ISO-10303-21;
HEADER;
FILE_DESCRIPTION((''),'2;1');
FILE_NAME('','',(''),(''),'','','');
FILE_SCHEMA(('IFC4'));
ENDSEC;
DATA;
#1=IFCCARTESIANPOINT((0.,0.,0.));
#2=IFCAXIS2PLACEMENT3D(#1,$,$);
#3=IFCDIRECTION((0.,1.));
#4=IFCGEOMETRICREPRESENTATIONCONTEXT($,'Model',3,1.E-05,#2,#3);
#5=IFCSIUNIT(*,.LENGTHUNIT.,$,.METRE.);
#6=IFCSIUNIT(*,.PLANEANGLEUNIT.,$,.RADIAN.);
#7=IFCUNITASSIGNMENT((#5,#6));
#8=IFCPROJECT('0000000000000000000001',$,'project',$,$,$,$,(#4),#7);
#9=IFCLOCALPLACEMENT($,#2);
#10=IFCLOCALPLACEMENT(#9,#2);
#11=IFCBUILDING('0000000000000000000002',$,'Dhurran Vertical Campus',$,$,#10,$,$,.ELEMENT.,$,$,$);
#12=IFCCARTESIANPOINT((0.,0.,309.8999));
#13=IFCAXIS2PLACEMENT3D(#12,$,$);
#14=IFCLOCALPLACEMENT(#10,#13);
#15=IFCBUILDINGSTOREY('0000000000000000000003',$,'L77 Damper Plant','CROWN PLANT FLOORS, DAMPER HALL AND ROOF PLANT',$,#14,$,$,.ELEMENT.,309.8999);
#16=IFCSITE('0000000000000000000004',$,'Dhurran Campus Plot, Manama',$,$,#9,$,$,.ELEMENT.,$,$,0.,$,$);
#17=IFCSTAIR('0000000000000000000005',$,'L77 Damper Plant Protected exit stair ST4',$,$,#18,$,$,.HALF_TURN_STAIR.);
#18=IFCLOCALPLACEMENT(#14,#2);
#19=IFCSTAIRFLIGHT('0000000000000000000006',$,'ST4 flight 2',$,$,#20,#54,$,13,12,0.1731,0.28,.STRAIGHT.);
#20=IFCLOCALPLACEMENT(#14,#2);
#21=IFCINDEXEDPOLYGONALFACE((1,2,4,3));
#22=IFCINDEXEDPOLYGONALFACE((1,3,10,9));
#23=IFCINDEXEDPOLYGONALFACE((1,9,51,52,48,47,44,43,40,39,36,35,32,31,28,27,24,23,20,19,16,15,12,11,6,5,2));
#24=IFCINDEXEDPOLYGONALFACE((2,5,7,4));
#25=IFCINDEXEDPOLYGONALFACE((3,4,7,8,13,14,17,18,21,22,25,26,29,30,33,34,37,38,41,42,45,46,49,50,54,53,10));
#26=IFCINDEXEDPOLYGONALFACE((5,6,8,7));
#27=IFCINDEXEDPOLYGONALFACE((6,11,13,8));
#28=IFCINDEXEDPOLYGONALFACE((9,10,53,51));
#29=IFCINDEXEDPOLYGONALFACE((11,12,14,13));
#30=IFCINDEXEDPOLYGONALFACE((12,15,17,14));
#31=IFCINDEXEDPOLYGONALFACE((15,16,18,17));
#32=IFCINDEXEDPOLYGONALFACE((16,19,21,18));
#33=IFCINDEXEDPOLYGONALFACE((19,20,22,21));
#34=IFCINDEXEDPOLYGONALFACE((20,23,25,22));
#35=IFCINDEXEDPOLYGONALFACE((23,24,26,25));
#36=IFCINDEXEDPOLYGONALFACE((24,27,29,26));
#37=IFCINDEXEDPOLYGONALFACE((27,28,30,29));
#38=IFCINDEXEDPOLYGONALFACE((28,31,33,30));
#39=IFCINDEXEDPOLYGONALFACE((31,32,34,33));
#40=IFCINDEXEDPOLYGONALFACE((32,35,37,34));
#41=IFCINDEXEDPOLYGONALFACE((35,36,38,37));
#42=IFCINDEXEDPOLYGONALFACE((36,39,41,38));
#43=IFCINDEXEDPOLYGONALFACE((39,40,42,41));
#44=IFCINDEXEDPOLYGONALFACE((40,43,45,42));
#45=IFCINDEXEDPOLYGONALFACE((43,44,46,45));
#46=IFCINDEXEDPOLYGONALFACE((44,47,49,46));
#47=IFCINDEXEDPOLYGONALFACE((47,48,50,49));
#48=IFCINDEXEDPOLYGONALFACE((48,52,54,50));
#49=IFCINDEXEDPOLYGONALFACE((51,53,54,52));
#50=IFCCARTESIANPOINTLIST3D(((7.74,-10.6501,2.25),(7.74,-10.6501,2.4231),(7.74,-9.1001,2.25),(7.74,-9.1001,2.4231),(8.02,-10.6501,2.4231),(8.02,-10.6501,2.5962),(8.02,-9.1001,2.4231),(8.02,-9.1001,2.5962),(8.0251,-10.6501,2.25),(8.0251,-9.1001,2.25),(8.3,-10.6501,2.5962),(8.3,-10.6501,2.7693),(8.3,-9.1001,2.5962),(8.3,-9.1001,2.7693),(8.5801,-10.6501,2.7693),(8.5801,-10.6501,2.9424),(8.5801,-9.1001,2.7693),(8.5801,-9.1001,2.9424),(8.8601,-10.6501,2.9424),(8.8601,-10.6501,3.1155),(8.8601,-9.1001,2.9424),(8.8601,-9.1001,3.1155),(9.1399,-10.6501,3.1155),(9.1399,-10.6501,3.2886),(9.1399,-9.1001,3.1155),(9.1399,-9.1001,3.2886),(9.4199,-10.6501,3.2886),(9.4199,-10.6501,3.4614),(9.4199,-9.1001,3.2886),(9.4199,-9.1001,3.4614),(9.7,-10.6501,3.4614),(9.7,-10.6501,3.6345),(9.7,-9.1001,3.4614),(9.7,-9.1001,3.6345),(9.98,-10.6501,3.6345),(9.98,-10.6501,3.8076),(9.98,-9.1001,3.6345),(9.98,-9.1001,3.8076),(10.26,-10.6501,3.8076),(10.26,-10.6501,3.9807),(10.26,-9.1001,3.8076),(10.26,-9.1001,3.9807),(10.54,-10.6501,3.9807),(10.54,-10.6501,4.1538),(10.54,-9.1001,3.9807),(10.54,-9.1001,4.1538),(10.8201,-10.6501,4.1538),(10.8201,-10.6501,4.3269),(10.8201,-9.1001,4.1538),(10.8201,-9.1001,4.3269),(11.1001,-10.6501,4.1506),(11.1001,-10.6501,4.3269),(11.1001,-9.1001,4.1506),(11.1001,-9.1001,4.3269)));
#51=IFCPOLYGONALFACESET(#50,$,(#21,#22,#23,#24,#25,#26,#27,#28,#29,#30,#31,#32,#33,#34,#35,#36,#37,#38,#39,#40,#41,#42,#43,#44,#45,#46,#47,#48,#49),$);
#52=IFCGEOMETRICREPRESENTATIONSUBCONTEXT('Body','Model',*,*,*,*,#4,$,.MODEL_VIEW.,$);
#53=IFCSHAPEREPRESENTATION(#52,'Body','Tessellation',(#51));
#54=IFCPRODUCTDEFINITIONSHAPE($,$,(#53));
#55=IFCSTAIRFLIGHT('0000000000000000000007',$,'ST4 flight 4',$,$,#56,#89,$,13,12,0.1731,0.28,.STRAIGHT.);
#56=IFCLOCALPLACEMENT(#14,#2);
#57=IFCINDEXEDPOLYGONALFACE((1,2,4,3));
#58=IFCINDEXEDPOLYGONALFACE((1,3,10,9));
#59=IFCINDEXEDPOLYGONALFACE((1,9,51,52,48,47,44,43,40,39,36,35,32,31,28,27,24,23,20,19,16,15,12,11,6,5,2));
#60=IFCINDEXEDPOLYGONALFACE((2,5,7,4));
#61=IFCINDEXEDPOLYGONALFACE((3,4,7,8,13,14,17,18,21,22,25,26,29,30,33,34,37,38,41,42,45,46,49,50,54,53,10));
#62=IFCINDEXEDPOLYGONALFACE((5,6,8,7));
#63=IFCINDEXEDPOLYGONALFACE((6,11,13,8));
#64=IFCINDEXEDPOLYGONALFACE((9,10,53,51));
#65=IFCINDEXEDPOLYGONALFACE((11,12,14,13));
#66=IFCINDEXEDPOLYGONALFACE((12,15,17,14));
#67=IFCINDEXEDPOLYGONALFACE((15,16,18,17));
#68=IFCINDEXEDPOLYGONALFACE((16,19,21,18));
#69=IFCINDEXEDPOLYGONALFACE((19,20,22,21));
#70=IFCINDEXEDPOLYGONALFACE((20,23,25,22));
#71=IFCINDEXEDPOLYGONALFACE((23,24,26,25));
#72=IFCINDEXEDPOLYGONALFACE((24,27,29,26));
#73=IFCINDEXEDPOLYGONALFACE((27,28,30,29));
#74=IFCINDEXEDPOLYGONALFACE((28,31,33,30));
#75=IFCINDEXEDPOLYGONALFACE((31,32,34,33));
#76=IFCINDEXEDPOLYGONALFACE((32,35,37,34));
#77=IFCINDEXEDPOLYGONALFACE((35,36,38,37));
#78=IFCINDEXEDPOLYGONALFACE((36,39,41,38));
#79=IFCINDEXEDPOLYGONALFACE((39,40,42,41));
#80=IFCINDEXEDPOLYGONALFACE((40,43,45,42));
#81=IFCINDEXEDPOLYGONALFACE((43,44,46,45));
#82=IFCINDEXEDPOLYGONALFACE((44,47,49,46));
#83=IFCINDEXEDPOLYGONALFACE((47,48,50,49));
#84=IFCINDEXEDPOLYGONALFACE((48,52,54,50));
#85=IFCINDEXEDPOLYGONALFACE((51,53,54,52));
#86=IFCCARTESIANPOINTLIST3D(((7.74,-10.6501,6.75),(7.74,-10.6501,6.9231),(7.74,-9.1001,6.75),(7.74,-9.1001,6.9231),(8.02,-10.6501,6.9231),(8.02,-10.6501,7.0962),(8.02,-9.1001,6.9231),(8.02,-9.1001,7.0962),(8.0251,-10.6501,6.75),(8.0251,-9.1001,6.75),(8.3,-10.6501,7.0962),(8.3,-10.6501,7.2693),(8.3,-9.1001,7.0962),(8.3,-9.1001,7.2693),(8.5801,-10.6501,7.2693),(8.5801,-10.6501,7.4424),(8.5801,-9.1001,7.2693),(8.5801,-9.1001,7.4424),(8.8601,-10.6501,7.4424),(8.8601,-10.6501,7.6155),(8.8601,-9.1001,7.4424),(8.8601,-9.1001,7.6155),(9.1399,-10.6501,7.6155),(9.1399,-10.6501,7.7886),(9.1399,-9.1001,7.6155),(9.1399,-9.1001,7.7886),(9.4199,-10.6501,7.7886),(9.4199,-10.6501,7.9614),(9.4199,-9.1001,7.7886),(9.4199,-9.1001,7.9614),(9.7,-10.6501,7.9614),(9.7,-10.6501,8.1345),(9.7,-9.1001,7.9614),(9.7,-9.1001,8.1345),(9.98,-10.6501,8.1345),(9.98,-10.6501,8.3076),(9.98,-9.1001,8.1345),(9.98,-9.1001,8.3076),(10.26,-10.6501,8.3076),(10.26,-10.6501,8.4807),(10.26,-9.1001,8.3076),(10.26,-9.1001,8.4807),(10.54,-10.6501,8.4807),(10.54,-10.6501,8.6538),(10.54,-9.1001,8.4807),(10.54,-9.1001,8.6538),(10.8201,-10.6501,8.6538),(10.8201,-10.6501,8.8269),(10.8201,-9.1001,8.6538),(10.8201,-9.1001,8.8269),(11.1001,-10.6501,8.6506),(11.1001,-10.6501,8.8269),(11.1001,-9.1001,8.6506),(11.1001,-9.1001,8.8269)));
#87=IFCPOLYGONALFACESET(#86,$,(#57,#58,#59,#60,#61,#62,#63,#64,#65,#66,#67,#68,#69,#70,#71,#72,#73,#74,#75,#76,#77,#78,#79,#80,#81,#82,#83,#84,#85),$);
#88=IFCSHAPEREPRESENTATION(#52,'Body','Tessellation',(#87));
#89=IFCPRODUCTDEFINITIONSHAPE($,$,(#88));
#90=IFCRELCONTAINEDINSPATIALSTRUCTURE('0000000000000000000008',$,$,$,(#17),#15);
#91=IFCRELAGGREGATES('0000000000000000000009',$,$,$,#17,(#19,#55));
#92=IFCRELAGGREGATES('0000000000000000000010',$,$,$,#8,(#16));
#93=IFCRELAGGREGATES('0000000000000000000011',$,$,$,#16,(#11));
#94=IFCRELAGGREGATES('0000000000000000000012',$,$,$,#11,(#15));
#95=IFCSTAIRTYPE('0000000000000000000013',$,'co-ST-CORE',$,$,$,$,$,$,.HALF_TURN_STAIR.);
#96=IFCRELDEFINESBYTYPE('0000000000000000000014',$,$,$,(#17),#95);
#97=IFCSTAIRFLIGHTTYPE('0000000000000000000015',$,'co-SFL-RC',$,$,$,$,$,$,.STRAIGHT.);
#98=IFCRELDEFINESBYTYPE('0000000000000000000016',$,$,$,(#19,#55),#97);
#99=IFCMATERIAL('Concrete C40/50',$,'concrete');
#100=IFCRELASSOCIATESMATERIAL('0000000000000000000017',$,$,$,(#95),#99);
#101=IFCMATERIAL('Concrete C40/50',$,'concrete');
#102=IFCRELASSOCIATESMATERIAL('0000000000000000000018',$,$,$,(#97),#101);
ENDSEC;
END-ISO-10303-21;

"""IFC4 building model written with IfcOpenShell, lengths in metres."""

from ifc_helpers import new_model, si_unit, direction, frame, origin, place, context, subcontext, project, spatial, polyline, outline, extrude, material, type_object, element, aggregate, save


model = new_model("IFC4")

# Units and contexts
model_context = context("Model", 3, precision=1e-05, world=origin(), true_north=direction((0.0, 1.0)))
body_context = subcontext(model_context, "Body", "Model", "MODEL_VIEW")
ifc_project = project(units=[si_unit("LENGTHUNIT", "METRE"), si_unit("PLANEANGLEUNIT", "RADIAN")], contexts=[model_context])

# Site, building, storey
site_placement = place(None, origin())
site = spatial("IfcSite", under=ifc_project, at=site_placement, Name="Dhurran Campus Plot, Manama", CompositionType="ELEMENT", RefElevation=0.0)
building_placement = place(site_placement, origin())
building = spatial("IfcBuilding", under=site, at=building_placement, Name="Dhurran Vertical Campus", CompositionType="ELEMENT")
storey_placement = place(building_placement, frame((0.0, 0.0, 309.8999)))
storey = spatial("IfcBuildingStorey", under=building, at=storey_placement, Name="L77 Damper Plant", Description="CROWN PLANT FLOORS, DAMPER HALL AND ROOF PLANT", CompositionType="ELEMENT", Elevation=309.8999)

# Stair, stair flights
ifc_material_1 = material(Name="Concrete C40/50", Category="concrete")
stair_type = type_object("IfcStairType", Name="co-ST-CORE", PredefinedType="HALF_TURN_STAIR", material=ifc_material_1)
stair_placement = place(storey_placement, origin())
stair = element("IfcStair", 1, at=stair_placement, inside=storey, type_object=stair_type, Name="L77 Damper Plant Protected exit stair ST4", PredefinedType="HALF_TURN_STAIR")
ifc_material_2 = material(Name="Concrete C40/50", Category="concrete")
stair_flight_type = type_object("IfcStairFlightType", Name="co-SFL-RC", PredefinedType="STRAIGHT", material=ifc_material_2)
stair_flight_1_placement = place(storey_placement, frame((7.74, -9.875, 2.25), z_axis=(0.0, 0.0, 1.0), x_axis=(1.0, 0.0, 0.0)))
stair_flight_1 = element("IfcStairFlight", 2, at=stair_flight_1_placement, type_object=stair_flight_type, Name="ST4 flight 2", NumberOfRisers=13, NumberOfTreads=12, PredefinedType="STRAIGHT", RiserHeight=0.1731, TreadLength=0.28, context=body_context, shape_type="SweptSolid", body=[
    extrude(outline(polyline([(0.0, 0.0), (0.0, 0.1731), (0.28, 0.1731), (0.28, 0.3462), (0.5601, 0.3462), (0.5601, 0.5193), (0.8401, 0.5193), (0.8401, 0.6924), (1.1201, 0.6924), (1.1201, 0.8655), (1.3999, 0.8655), (1.3999, 1.0386), (1.6799, 1.0386), (1.6799, 1.2114), (1.96, 1.2114), (1.96, 1.3845), (2.24, 1.3845), (2.24, 1.5576), (2.52, 1.5576), (2.52, 1.7307), (2.8, 1.7307), (2.8, 1.9038), (3.0801, 1.9038), (3.0801, 2.0769), (3.3601, 2.0769), (3.3601, 2.25), (3.3601, 1.9006), (0.2852, 0.0), (0.0, 0.0)])), frame((0.0, 0.7749, 0.0), z_axis=(0.0, -1.0, 0.0), x_axis=(1.0, 0.0, 0.0)), (0.0, 0.0, 1.0), 1.55),
])
stair_flight_2_placement = place(storey_placement, frame((7.74, -9.875, 6.75), z_axis=(0.0, 0.0, 1.0), x_axis=(1.0, 0.0, 0.0)))
stair_flight_2 = element("IfcStairFlight", 3, at=stair_flight_2_placement, type_object=stair_flight_type, Name="ST4 flight 4", NumberOfRisers=13, NumberOfTreads=12, PredefinedType="STRAIGHT", RiserHeight=0.1731, TreadLength=0.28, context=body_context, shape_type="SweptSolid", body=[
    extrude(outline(polyline([(0.0, 0.0), (0.0, 0.1731), (0.28, 0.1731), (0.28, 0.3462), (0.5601, 0.3462), (0.5601, 0.5193), (0.8401, 0.5193), (0.8401, 0.6924), (1.1201, 0.6924), (1.1201, 0.8655), (1.3999, 0.8655), (1.3999, 1.0386), (1.6799, 1.0386), (1.6799, 1.2114), (1.96, 1.2114), (1.96, 1.3845), (2.24, 1.3845), (2.24, 1.5576), (2.52, 1.5576), (2.52, 1.7307), (2.8, 1.7307), (2.8, 1.9038), (3.0801, 1.9038), (3.0801, 2.0769), (3.3601, 2.0769), (3.3601, 2.25), (3.3601, 1.9006), (0.2852, 0.0), (0.0, 0.0)])), frame((0.0, 0.7749, 0.0), z_axis=(0.0, -1.0, 0.0), x_axis=(1.0, 0.0, 0.0)), (0.0, 0.0, 1.0), 1.55),
])
aggregate(stair, [stair_flight_1, stair_flight_2])

save(model, "model.ifc")
